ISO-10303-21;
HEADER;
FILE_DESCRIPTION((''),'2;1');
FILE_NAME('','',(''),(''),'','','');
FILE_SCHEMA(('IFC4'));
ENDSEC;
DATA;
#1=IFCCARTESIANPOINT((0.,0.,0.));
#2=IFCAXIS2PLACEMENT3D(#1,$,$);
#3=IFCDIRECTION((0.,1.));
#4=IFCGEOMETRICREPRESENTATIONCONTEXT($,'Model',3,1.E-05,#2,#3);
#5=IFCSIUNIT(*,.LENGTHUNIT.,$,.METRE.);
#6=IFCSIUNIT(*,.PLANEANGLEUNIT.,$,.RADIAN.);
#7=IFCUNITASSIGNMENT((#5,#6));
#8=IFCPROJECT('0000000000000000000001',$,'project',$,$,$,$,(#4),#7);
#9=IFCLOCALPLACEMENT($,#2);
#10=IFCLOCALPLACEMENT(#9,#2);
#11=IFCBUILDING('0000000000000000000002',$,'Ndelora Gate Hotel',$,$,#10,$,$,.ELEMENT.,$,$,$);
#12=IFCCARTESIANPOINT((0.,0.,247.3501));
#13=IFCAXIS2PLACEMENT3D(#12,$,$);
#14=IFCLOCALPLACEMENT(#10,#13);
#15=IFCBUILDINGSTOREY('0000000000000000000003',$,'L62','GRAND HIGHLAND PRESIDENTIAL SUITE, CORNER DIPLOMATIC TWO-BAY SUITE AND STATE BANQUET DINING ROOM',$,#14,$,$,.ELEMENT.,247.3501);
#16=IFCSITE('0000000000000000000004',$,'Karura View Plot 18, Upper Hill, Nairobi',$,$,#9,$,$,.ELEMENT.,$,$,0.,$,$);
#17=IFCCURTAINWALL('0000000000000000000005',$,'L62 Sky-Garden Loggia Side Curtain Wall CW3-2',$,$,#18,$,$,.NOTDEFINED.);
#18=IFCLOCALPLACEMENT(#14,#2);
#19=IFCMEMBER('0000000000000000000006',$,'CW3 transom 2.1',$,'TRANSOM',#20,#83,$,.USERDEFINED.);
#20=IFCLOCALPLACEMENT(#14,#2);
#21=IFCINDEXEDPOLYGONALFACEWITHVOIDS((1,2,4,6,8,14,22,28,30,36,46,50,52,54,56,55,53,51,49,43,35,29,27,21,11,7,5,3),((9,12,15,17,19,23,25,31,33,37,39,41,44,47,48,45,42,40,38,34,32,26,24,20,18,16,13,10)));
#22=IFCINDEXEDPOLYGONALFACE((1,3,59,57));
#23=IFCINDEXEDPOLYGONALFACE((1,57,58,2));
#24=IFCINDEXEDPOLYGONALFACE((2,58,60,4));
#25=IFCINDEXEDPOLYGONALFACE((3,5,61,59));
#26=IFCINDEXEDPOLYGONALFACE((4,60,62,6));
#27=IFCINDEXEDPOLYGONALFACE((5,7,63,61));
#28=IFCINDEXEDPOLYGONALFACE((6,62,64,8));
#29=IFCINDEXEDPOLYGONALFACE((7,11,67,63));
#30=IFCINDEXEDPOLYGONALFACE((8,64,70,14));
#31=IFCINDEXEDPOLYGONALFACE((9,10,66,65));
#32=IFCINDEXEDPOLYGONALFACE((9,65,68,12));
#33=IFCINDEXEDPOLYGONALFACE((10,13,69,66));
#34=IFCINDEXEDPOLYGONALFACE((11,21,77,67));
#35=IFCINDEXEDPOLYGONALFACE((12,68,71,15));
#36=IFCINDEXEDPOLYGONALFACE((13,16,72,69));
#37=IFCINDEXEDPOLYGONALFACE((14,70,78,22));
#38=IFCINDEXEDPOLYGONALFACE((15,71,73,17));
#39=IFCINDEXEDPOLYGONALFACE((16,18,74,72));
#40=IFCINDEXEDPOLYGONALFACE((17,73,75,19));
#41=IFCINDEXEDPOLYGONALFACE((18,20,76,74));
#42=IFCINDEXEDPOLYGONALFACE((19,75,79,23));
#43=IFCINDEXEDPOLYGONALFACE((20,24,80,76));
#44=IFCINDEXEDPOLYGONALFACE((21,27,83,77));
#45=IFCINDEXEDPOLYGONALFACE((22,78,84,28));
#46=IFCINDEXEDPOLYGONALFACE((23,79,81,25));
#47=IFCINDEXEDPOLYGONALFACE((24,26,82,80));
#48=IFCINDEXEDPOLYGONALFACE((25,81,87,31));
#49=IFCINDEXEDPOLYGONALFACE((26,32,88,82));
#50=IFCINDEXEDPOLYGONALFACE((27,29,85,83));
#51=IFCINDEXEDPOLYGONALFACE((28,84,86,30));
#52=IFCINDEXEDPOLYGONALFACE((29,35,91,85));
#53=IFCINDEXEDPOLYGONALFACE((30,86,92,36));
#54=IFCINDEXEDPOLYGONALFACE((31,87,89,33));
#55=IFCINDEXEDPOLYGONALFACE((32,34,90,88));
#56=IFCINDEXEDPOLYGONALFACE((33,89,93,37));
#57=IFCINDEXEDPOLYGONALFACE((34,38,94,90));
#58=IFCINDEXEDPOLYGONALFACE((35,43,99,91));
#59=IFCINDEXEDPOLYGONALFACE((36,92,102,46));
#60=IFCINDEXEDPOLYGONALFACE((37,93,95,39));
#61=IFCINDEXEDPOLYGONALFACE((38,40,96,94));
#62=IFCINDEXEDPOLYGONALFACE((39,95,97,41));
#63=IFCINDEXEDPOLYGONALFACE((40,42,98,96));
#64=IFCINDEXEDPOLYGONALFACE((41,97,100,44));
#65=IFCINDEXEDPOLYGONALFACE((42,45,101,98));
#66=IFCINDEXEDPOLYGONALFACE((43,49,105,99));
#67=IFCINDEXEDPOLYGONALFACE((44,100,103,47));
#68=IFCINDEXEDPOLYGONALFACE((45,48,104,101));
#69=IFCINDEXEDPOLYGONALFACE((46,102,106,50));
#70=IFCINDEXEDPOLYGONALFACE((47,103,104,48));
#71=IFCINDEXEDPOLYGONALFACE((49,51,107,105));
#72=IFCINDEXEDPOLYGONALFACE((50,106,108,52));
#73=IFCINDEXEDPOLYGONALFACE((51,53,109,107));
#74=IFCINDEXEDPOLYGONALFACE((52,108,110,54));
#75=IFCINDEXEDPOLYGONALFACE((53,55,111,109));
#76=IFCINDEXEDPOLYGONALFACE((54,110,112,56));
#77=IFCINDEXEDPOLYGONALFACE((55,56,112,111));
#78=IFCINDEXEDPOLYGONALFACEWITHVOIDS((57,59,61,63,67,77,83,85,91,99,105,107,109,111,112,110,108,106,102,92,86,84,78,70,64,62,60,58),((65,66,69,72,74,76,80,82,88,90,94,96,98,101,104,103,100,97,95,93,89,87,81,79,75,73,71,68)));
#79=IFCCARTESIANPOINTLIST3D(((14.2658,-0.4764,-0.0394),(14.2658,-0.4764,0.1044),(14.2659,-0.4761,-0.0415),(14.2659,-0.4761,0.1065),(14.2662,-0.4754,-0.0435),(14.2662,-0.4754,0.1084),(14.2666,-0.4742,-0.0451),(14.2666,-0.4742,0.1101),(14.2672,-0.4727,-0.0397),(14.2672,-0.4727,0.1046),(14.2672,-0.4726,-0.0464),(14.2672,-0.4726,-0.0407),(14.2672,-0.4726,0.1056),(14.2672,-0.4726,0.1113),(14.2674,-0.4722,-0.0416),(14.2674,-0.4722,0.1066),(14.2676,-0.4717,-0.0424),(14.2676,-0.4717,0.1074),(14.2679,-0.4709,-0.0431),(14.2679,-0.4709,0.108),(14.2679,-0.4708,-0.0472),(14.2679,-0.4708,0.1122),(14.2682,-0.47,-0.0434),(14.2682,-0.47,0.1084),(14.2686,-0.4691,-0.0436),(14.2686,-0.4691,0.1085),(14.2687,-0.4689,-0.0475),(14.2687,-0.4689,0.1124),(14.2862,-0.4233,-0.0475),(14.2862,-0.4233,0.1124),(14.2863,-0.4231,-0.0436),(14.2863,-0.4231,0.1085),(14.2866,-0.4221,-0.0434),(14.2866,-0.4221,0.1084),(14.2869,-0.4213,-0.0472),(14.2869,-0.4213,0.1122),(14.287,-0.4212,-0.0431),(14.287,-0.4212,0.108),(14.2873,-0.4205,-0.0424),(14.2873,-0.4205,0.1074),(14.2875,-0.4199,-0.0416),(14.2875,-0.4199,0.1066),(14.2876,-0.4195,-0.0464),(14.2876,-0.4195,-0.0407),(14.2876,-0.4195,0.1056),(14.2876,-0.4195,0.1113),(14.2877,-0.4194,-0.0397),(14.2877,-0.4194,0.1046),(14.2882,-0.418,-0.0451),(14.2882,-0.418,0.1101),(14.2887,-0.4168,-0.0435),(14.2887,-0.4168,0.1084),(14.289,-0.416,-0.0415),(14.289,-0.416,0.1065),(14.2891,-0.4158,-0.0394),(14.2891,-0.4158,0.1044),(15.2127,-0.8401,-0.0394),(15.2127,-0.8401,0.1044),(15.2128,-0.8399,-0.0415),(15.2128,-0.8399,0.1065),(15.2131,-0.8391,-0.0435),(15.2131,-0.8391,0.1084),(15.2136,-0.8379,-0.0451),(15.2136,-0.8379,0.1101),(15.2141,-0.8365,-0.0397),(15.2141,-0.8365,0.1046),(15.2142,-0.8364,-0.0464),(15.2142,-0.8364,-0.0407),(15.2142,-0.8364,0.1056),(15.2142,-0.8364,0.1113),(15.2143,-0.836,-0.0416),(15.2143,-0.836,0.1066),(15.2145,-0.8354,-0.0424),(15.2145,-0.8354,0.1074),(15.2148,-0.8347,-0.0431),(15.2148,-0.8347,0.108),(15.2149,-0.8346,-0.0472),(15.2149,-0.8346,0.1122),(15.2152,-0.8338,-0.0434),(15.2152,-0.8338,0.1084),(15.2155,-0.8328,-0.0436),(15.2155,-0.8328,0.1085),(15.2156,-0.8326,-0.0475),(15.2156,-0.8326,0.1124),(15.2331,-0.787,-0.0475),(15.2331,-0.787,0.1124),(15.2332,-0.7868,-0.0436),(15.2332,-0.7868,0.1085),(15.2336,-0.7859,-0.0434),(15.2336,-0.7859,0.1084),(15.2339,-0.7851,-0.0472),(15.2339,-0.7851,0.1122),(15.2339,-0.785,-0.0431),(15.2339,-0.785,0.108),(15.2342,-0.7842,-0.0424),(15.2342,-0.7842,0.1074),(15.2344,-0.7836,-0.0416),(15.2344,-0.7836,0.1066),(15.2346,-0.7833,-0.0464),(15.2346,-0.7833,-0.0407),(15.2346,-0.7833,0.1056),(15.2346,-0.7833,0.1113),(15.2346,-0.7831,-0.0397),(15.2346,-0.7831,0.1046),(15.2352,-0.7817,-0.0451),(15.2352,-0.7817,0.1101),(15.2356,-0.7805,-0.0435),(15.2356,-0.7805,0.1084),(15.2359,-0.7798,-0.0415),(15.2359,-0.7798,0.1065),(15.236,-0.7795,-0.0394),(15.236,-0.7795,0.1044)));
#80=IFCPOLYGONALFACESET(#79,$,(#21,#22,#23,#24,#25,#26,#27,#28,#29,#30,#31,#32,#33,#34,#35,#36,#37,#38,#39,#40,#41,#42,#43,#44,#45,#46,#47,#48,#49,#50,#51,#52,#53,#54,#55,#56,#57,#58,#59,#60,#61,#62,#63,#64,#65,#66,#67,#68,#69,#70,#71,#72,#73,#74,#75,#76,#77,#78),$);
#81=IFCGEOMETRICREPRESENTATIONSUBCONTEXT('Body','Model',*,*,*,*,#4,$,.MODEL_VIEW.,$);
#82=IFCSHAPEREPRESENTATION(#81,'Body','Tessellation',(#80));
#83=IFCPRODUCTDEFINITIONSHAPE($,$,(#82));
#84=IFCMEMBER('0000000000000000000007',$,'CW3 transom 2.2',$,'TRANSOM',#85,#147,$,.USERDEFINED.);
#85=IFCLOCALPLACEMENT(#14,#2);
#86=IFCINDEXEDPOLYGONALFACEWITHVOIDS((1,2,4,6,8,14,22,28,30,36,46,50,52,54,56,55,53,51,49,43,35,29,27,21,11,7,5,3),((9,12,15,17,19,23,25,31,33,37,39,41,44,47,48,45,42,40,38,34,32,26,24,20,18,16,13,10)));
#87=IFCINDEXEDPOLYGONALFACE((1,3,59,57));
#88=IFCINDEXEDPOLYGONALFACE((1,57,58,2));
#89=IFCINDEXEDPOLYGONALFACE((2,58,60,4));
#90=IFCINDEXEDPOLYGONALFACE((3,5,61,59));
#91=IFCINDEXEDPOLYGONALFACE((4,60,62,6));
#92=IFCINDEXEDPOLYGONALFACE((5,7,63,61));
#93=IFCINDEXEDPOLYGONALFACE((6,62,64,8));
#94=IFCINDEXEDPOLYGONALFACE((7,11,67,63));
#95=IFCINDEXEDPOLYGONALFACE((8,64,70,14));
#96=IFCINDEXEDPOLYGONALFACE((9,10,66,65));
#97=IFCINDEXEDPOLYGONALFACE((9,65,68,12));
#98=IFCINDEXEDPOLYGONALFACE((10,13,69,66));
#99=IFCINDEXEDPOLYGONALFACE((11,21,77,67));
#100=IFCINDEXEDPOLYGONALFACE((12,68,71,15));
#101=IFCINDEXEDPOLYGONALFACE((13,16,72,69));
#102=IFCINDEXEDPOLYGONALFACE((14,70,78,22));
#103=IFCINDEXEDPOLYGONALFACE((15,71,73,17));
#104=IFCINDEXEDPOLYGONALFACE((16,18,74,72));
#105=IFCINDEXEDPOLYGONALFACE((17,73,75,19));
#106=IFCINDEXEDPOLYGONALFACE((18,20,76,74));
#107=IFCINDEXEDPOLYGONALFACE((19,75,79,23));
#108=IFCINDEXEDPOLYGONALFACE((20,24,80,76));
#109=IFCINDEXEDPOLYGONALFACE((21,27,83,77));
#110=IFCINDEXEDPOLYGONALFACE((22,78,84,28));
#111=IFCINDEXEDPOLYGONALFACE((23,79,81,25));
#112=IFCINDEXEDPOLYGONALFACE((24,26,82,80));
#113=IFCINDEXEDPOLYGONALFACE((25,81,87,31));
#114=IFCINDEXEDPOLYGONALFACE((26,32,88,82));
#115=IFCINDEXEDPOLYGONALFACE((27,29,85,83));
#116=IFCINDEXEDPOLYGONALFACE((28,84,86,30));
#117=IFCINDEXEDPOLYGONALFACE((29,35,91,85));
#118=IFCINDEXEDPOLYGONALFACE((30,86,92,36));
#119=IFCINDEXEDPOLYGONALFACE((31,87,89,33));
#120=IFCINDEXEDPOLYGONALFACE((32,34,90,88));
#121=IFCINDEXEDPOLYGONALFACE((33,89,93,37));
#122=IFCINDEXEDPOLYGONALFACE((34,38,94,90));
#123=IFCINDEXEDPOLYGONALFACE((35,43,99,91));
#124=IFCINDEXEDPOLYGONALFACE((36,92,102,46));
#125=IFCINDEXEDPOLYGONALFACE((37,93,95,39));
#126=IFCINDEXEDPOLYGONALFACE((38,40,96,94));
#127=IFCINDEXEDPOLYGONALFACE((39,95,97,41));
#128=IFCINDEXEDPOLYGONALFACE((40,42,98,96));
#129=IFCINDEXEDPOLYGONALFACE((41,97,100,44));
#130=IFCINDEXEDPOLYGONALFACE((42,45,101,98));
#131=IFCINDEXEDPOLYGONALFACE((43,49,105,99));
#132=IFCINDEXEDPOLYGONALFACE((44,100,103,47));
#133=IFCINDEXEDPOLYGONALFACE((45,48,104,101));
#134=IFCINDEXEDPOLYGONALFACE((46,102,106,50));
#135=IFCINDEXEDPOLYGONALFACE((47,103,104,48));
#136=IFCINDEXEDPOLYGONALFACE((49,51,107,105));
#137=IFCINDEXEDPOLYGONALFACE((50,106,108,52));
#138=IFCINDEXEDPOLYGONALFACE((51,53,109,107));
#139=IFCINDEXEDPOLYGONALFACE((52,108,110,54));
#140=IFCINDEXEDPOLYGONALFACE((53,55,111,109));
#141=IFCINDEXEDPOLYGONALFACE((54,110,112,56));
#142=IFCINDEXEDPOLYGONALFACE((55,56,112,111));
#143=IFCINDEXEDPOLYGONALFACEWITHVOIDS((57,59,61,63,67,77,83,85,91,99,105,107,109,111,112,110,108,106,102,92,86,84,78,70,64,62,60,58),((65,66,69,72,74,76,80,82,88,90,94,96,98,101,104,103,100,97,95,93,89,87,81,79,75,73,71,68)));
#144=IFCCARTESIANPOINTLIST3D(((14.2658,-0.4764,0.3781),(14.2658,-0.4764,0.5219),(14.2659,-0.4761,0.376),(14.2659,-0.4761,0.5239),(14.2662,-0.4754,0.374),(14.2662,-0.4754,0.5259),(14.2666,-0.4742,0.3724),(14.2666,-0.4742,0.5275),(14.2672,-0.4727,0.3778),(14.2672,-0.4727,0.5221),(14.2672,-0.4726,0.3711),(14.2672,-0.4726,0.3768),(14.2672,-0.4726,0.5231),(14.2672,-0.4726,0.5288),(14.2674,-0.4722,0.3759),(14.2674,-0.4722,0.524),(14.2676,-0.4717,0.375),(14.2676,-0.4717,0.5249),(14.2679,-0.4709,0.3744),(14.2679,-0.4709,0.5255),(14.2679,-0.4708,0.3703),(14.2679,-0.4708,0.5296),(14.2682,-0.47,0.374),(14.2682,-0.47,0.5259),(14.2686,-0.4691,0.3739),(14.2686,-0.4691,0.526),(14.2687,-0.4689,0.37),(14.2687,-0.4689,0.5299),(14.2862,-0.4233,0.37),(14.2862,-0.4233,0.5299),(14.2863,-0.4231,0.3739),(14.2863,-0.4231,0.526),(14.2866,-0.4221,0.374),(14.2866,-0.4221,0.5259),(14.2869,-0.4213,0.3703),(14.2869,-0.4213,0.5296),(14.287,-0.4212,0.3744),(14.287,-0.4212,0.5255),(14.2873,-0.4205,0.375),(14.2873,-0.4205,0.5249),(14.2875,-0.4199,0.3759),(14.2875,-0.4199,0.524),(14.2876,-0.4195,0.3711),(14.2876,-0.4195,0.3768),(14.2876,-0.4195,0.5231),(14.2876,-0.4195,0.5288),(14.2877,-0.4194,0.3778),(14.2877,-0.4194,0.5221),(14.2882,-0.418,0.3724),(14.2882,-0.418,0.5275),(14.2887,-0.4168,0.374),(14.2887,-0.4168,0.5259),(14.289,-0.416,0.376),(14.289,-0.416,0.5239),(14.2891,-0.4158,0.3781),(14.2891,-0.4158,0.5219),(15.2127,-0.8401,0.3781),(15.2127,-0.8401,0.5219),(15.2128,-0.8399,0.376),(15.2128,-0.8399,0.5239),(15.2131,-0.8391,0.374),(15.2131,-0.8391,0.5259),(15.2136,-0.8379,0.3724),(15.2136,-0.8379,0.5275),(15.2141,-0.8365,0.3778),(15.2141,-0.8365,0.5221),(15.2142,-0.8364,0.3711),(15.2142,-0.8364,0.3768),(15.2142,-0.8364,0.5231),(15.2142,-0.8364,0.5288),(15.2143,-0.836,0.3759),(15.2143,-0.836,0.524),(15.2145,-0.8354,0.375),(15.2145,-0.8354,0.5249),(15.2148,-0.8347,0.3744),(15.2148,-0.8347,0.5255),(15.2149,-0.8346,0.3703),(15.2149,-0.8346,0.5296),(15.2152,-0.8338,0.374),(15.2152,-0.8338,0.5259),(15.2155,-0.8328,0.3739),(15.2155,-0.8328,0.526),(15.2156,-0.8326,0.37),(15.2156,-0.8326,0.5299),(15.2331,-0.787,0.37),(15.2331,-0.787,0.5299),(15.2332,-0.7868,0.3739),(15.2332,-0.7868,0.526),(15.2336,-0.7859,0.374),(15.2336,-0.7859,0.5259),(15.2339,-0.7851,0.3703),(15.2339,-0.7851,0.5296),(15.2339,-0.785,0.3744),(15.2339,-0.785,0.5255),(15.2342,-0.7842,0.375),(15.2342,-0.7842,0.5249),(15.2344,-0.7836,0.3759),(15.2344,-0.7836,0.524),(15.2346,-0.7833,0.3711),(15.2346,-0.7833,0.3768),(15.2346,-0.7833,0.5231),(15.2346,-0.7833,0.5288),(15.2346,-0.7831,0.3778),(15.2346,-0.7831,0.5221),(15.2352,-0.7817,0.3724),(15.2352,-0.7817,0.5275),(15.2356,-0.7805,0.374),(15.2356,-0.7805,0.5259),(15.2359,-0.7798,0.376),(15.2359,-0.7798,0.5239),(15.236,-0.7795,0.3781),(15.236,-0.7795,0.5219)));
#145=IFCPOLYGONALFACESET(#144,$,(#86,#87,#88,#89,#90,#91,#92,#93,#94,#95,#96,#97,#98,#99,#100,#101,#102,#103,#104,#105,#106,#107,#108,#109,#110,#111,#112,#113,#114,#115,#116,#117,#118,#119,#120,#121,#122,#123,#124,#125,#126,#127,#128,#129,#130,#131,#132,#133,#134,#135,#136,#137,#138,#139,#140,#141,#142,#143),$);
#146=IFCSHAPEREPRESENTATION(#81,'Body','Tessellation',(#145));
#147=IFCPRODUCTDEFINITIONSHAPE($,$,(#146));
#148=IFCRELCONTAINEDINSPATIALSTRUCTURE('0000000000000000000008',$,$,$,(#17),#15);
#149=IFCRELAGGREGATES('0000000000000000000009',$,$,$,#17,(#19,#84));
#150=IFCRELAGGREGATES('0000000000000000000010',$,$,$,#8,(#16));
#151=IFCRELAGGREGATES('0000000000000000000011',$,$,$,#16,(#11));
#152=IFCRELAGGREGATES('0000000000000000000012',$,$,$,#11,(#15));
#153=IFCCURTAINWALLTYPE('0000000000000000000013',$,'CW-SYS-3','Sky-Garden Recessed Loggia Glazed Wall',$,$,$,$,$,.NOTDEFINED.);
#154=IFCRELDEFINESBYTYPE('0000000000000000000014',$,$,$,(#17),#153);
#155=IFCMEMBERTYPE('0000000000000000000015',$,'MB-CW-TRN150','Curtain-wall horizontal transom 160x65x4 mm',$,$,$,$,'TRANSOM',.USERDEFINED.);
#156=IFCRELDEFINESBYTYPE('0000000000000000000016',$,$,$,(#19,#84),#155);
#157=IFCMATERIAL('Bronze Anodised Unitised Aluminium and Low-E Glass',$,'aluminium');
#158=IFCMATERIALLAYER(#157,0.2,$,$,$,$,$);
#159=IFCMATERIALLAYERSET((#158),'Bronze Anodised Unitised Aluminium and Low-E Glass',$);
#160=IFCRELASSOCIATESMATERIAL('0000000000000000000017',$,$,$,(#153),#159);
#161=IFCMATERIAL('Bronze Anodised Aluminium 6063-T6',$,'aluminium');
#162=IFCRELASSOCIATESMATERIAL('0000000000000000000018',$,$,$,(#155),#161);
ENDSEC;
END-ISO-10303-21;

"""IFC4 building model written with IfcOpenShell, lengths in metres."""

from ifc_helpers import new_model, si_unit, direction, frame, origin, origin_2d, place, context, subcontext, project, spatial, hollow_rectangle, extrude, material, layer, layer_set, material_profile, profile_set, type_object, element, aggregate, save


model = new_model("IFC4")

# Units and contexts
model_context = context("Model", 3, precision=1e-05, world=origin(), true_north=direction((0.0, 1.0)))
body_context = subcontext(model_context, "Body", "Model", "MODEL_VIEW")
ifc_project = project(units=[si_unit("LENGTHUNIT", "METRE"), si_unit("PLANEANGLEUNIT", "RADIAN")], contexts=[model_context])

# Site, building, storey
site_placement = place(None, origin())
site = spatial("IfcSite", under=ifc_project, at=site_placement, Name="Karura View Plot 18, Upper Hill, Nairobi", CompositionType="ELEMENT", RefElevation=0.0)
building_placement = place(site_placement, origin())
building = spatial("IfcBuilding", under=site, at=building_placement, Name="Ndelora Gate Hotel", CompositionType="ELEMENT")
storey_placement = place(building_placement, frame((0.0, 0.0, 247.3501)))
storey = spatial("IfcBuildingStorey", under=building, at=storey_placement, Name="L62", Description="GRAND HIGHLAND PRESIDENTIAL SUITE, CORNER DIPLOMATIC TWO-BAY SUITE AND STATE BANQUET DINING ROOM", CompositionType="ELEMENT", Elevation=247.3501)

# Curtain wall, members
ifc_material_1 = material(Name="Bronze Anodised Unitised Aluminium and Low-E Glass", Category="aluminium")
ifc_layer_1 = layer(ifc_material_1, 0.2)
ifc_layer_set_1 = layer_set([ifc_layer_1], Name="Bronze Anodised Unitised Aluminium and Low-E Glass")
curtain_wall_type = type_object("IfcCurtainWallType", Name="CW-SYS-3", Description="Sky-Garden Recessed Loggia Glazed Wall", PredefinedType="NOTDEFINED", material=ifc_layer_set_1)
curtain_wall_placement = place(storey_placement, origin())
curtain_wall = element("IfcCurtainWall", 1, at=curtain_wall_placement, inside=storey, type_object=curtain_wall_type, Name="L62 Sky-Garden Loggia Side Curtain Wall CW3-2", PredefinedType="NOTDEFINED")
ifc_material_2 = material(Name="Bronze Anodised Aluminium 6063-T6", Category="aluminium")
ifc_material_profile_1 = material_profile(ifc_material_2, hollow_rectangle(XDim=0.0649, YDim=0.1599, WallThickness=0.0039, InnerFilletRadius=0.0039, OuterFilletRadius=0.0081, at=origin_2d()), Name="ALU 160x65x4")
ifc_profile_set_1 = profile_set([ifc_material_profile_1], Name="Bronze Anodised Aluminium 6063-T6")
member_type_1 = type_object("IfcMemberType", Name="MB-CW-TRN150", Description="Curtain-wall horizontal transom 160x65x4 mm", ElementType="TRANSOM", PredefinedType="USERDEFINED", material=ifc_profile_set_1)
member_1_placement = place(storey_placement, frame((15.2244, -0.8098, 0.0325), z_axis=(-0.933501, 0.358576, 0.0), x_axis=(-0.358576, -0.933501, 0.0)))
member_1 = element("IfcMember", 2, at=member_1_placement, type_object=member_type_1, Name="CW3 transom 2.1", ObjectType="TRANSOM", PredefinedType="USERDEFINED", context=body_context, shape_type="SweptSolid", body=[
    extrude(hollow_rectangle(XDim=0.0649, YDim=0.1599, WallThickness=0.0039, InnerFilletRadius=0.0039, OuterFilletRadius=0.0081, at=origin_2d()), origin(), (0.0, 0.0, 1.0), 1.0144),
])
member_2_placement = place(storey_placement, frame((15.2244, -0.8098, 0.45), z_axis=(-0.933501, 0.358576, 0.0), x_axis=(-0.358576, -0.933501, 0.0)))
member_2 = element("IfcMember", 3, at=member_2_placement, type_object=member_type_1, Name="CW3 transom 2.2", ObjectType="TRANSOM", PredefinedType="USERDEFINED", context=body_context, shape_type="SweptSolid", body=[
    extrude(hollow_rectangle(XDim=0.0649, YDim=0.1599, WallThickness=0.0039, InnerFilletRadius=0.0039, OuterFilletRadius=0.0081, at=origin_2d()), origin(), (0.0, 0.0, 1.0), 1.0144),
])
aggregate(curtain_wall, [member_1, member_2])

save(model, "model.ifc")
